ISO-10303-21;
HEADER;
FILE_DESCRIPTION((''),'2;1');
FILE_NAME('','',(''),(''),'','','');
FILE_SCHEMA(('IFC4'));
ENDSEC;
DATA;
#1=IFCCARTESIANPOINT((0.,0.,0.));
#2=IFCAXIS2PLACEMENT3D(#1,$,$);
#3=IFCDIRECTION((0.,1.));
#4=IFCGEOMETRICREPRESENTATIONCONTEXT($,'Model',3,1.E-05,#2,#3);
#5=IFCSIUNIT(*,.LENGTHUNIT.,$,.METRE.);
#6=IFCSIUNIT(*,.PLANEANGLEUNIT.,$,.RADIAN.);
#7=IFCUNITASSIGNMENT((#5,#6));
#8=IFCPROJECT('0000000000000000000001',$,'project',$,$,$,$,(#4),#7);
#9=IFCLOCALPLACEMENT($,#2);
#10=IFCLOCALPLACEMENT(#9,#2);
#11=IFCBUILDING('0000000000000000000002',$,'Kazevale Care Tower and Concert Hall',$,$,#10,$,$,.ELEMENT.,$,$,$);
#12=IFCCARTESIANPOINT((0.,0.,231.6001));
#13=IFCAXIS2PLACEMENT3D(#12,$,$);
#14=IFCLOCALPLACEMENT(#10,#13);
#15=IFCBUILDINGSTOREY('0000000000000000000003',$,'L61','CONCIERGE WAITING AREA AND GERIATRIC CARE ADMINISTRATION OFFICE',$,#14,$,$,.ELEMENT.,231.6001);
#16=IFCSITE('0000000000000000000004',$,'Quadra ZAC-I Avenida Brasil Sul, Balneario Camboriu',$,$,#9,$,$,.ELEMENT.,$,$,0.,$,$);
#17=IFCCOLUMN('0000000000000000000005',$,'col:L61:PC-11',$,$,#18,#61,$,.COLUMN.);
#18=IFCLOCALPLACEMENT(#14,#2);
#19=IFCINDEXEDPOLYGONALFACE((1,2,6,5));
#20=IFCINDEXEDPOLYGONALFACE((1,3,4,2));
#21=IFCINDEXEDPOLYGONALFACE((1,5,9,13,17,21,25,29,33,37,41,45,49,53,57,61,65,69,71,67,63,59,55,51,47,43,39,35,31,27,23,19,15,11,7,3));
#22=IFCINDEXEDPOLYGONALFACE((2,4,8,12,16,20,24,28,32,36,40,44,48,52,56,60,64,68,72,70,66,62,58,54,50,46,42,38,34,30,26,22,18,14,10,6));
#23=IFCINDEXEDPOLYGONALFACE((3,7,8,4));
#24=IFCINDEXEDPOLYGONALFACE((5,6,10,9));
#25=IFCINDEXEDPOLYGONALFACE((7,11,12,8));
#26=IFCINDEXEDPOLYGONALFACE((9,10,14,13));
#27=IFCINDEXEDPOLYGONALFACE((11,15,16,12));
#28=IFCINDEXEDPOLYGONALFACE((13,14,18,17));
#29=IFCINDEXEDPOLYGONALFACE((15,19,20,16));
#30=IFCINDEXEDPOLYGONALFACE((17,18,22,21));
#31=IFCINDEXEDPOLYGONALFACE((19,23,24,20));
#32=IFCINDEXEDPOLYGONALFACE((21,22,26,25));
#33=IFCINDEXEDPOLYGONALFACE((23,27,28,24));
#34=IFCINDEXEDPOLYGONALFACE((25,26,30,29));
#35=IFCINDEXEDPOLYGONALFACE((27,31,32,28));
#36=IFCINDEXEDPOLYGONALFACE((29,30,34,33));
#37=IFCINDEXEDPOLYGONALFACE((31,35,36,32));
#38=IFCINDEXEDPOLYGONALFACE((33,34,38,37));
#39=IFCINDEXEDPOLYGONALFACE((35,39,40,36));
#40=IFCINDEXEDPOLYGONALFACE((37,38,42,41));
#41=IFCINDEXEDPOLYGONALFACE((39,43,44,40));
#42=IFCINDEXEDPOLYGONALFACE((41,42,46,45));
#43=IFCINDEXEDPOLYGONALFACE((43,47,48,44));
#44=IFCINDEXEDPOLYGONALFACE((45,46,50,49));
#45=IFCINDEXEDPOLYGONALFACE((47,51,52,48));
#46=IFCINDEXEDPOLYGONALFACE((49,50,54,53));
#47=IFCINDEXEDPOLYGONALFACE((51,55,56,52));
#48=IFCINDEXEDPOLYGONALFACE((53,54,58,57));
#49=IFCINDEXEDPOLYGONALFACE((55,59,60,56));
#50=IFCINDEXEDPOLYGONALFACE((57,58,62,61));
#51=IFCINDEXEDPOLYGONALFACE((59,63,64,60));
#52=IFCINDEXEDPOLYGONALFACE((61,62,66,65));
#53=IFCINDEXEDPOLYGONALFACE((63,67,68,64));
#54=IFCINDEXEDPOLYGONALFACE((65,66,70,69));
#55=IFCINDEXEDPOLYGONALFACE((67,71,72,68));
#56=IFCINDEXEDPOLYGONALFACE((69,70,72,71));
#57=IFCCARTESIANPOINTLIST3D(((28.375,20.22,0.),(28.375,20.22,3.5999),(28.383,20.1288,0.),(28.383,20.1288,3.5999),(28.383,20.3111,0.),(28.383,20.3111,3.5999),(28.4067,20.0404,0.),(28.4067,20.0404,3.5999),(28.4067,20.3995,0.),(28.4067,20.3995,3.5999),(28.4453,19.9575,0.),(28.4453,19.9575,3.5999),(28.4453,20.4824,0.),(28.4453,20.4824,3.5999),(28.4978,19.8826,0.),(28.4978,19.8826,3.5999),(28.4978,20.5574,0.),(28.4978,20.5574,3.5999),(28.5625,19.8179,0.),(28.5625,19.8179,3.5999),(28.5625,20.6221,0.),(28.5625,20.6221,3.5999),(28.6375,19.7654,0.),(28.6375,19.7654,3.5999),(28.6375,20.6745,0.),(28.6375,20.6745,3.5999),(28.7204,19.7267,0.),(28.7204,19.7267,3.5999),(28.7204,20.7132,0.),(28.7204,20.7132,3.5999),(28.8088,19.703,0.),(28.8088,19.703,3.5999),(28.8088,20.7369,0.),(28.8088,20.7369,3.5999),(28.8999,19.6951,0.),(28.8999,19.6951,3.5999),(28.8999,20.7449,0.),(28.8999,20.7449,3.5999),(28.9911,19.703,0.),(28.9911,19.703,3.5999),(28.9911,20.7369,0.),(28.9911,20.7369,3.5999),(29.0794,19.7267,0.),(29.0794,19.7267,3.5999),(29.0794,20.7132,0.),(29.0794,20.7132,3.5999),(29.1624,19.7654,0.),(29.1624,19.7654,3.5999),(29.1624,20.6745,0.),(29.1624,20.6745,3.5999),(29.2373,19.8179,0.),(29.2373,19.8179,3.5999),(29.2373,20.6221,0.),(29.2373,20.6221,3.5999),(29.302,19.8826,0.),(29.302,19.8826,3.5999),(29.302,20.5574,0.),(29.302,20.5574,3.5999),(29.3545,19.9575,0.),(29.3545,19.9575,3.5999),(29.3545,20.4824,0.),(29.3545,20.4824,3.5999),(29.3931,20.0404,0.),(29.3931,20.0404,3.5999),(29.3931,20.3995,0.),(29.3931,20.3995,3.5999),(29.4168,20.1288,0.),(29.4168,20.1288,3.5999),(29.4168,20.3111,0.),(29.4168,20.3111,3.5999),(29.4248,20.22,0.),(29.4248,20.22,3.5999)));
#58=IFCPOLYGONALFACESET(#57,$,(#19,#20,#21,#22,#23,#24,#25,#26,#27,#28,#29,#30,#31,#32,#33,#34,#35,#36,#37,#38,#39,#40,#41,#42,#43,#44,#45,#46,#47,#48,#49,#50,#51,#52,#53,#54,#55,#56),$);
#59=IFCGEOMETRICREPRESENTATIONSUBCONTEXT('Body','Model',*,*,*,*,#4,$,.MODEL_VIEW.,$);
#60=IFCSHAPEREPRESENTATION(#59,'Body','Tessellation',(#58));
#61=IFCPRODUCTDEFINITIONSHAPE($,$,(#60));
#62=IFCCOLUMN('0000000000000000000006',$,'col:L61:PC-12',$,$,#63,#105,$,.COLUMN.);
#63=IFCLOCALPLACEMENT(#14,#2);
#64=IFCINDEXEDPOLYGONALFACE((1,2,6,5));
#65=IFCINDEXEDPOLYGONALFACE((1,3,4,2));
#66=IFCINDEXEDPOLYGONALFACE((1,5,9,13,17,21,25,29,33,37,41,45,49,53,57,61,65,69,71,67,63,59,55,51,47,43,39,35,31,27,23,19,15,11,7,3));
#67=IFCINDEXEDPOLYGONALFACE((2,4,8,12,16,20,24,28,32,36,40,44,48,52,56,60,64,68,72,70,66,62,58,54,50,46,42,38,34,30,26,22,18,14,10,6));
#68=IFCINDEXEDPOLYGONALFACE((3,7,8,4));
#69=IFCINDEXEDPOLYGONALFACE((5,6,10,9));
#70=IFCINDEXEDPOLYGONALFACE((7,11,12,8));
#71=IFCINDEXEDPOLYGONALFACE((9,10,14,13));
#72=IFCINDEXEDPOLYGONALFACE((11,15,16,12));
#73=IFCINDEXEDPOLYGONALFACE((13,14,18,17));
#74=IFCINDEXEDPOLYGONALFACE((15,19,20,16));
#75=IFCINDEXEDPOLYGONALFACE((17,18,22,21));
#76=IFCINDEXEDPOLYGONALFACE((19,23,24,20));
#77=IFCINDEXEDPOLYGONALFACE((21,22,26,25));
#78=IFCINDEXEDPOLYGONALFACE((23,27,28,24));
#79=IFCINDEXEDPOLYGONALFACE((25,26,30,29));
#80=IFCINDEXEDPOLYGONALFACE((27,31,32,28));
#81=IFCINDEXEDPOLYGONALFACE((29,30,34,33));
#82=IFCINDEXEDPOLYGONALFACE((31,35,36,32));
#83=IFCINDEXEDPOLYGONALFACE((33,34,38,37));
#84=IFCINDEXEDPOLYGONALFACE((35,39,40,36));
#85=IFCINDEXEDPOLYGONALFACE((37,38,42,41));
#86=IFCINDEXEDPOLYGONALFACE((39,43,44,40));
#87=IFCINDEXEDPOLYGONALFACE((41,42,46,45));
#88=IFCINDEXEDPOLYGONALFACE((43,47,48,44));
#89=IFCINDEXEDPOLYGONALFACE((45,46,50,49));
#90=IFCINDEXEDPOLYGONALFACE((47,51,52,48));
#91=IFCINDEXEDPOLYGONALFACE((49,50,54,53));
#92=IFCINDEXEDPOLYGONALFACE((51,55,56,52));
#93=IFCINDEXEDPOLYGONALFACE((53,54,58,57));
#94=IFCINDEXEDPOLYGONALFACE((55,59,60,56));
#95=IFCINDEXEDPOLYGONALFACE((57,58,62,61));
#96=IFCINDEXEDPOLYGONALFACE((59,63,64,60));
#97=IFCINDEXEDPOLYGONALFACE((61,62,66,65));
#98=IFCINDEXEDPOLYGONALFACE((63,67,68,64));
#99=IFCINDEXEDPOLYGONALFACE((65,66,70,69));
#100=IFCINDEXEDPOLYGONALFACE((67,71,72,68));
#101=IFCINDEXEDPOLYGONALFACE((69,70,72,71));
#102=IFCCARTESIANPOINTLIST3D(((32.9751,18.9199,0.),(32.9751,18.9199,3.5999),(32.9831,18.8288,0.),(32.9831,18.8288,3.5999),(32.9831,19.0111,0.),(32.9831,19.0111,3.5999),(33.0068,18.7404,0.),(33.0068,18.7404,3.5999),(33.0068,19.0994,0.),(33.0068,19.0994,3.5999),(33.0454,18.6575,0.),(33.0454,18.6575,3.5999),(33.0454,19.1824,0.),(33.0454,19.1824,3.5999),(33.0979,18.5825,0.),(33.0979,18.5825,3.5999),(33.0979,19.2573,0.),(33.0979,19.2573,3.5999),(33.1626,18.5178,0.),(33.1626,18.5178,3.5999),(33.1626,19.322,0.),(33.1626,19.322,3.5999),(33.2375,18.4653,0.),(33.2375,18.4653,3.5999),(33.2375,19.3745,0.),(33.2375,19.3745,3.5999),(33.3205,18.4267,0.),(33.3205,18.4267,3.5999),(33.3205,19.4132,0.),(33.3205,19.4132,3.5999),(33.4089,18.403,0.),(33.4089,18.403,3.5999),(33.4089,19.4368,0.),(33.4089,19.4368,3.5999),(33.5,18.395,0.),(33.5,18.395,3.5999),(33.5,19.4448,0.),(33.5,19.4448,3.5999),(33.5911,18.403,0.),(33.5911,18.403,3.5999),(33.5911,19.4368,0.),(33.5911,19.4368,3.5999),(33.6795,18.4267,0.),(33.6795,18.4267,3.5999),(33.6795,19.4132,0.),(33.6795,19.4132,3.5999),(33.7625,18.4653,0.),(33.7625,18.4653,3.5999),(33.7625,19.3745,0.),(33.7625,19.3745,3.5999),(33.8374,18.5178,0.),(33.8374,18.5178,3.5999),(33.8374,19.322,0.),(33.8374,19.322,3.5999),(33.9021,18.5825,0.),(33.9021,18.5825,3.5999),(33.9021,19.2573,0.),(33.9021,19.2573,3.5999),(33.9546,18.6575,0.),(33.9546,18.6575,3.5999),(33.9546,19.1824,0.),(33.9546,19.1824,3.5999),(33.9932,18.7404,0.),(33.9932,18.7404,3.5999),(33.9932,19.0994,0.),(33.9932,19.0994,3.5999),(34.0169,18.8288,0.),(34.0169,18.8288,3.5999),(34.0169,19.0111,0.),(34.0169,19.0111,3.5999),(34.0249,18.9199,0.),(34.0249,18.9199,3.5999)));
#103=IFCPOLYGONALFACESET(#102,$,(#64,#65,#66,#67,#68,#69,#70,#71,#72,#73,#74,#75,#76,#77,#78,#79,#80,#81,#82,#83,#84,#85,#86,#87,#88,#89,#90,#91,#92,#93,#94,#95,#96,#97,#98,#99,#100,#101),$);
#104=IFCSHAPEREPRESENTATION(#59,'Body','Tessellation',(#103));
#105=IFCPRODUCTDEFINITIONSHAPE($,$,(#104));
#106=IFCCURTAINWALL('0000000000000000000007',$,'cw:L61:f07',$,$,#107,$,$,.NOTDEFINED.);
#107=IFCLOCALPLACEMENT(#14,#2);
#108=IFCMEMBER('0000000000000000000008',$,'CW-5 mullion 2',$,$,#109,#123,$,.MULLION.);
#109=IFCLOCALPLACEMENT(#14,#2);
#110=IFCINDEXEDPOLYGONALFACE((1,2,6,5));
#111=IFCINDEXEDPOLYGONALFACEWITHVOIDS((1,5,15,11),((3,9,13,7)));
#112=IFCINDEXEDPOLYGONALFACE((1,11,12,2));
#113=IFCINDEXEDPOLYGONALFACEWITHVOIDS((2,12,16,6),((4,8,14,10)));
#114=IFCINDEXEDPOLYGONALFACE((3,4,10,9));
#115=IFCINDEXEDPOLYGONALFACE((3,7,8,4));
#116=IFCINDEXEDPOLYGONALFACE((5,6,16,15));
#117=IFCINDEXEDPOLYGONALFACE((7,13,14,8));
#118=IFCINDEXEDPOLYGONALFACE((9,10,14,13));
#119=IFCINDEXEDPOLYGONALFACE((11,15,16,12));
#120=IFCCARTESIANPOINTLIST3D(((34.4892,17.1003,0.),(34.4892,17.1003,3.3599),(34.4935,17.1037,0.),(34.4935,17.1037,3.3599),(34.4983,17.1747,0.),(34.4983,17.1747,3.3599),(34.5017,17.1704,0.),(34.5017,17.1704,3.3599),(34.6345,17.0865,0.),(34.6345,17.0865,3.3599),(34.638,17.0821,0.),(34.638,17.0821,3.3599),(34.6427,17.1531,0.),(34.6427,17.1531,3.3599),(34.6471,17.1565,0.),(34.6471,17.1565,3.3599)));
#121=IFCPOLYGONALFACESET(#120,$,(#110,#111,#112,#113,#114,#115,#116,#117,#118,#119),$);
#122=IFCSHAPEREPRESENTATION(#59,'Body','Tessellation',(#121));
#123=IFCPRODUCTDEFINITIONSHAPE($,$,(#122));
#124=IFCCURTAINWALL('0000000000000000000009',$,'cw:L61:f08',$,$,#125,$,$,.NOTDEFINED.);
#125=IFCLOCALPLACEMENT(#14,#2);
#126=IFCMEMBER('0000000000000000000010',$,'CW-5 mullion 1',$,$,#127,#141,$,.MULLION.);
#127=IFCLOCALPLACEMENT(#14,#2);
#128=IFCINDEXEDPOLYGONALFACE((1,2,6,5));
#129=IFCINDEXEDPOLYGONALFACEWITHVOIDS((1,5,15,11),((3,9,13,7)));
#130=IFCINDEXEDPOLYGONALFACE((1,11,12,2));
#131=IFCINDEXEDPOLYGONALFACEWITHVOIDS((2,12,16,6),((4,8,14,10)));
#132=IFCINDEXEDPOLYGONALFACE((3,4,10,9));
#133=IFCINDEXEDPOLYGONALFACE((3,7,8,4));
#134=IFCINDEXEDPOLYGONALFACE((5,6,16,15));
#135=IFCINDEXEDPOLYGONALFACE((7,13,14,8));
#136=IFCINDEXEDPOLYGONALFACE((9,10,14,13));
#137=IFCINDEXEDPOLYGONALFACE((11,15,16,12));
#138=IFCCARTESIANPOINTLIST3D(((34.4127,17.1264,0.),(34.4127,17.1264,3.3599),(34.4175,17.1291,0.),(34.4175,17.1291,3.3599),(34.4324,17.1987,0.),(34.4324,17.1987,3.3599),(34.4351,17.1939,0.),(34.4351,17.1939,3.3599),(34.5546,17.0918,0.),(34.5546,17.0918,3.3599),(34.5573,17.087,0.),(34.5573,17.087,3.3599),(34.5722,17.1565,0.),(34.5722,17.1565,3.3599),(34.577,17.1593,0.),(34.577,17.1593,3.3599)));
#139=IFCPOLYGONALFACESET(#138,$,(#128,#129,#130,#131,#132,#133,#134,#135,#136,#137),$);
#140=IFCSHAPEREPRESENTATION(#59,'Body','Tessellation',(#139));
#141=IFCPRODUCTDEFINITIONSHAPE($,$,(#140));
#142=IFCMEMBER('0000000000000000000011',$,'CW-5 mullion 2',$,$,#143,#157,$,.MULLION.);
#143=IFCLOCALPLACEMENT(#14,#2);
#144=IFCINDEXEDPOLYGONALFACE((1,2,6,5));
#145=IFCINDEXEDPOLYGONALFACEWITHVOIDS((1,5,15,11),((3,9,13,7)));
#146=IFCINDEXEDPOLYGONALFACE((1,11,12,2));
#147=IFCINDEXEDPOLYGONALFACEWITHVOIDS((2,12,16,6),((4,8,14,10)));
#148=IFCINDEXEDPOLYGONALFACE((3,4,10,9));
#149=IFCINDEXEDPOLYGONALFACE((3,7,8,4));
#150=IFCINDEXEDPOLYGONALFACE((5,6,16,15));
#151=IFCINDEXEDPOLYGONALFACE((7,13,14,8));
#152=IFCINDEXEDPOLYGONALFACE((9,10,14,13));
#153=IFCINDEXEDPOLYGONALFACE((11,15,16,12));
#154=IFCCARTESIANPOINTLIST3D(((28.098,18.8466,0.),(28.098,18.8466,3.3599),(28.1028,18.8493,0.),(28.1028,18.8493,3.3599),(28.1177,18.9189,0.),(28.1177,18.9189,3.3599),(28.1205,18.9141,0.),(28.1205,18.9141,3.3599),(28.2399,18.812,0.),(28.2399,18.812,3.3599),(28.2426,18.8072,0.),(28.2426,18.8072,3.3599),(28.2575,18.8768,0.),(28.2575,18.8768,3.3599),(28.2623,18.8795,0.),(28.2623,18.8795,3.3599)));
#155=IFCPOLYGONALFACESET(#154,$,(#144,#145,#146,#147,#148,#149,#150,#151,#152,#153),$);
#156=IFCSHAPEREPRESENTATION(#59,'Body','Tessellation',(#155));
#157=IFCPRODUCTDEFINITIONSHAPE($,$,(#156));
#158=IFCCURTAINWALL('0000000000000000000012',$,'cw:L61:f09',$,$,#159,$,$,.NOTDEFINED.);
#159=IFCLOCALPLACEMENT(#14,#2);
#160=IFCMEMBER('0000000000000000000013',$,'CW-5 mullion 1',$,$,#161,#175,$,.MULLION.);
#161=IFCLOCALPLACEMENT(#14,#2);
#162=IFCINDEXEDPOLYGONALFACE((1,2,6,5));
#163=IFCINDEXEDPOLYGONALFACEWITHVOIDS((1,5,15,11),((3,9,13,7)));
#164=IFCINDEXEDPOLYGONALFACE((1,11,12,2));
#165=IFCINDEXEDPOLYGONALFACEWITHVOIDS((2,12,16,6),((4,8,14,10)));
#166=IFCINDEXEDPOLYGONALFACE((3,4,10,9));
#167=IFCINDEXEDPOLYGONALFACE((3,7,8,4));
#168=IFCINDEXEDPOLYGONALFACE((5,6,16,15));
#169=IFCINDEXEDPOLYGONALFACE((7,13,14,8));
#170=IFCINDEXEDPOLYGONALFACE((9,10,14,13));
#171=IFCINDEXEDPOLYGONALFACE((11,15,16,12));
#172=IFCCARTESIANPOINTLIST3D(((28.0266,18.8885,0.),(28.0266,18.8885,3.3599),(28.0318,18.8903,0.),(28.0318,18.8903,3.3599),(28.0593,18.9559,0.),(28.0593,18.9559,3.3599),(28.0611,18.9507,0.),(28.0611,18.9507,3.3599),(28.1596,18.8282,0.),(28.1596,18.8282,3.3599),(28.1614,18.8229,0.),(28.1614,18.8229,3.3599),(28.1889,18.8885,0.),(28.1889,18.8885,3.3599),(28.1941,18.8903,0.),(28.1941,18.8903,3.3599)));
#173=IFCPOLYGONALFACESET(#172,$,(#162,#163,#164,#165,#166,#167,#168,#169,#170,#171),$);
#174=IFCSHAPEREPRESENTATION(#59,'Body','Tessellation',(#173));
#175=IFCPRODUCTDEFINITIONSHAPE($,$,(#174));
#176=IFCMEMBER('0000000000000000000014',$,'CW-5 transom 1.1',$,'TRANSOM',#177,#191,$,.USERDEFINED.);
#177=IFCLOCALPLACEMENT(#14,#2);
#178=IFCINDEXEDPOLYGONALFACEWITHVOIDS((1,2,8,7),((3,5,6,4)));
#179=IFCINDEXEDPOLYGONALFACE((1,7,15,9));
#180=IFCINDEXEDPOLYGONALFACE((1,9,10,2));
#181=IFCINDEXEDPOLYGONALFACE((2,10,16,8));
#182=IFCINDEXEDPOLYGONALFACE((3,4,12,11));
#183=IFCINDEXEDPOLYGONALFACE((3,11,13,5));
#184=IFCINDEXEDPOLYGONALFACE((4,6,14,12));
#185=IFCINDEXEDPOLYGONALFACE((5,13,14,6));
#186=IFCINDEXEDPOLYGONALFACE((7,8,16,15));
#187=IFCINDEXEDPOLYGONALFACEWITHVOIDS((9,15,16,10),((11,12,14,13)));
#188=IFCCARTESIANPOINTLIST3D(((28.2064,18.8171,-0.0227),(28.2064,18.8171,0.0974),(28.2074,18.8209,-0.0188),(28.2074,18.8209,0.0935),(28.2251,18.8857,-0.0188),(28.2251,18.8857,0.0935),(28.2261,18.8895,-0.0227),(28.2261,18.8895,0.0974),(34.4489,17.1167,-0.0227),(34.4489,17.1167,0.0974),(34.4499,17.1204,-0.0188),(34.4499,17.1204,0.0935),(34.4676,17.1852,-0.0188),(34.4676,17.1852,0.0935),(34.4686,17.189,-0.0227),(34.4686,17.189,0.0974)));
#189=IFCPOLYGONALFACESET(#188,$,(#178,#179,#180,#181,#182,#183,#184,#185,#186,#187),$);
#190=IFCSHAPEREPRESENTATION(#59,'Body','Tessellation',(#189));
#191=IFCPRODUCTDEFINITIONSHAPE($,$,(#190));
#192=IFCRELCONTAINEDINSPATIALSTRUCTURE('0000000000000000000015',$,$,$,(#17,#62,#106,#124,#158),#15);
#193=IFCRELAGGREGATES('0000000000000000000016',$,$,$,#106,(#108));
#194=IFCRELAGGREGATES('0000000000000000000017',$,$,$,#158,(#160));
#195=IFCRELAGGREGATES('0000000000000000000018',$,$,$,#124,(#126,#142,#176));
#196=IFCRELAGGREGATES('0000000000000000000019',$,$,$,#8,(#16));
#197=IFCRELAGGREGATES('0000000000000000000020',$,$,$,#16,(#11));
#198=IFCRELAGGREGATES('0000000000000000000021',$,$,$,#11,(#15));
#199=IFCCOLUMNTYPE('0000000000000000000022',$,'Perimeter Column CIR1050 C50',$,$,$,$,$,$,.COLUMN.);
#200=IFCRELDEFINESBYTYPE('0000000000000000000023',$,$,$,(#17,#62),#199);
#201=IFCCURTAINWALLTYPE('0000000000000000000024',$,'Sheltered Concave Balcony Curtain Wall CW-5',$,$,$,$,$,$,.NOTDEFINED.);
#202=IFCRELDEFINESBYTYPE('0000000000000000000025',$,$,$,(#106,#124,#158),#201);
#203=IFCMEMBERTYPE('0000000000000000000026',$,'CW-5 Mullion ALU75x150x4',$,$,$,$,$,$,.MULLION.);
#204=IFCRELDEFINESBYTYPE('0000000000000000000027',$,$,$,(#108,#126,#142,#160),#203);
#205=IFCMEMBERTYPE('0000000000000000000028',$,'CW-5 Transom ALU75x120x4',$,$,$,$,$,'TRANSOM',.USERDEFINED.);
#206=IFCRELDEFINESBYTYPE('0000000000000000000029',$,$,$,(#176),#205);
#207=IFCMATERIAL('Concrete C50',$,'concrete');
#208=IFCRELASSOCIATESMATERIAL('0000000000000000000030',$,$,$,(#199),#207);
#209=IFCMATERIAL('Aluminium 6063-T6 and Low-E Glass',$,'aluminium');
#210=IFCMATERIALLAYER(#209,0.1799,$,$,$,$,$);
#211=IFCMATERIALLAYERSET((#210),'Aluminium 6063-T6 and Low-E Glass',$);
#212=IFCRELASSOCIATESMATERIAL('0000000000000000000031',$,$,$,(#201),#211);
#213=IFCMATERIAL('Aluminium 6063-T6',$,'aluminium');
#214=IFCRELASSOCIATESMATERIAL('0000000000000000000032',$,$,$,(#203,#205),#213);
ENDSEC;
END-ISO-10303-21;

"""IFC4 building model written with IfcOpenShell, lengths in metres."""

from ifc_helpers import new_model, si_unit, direction, frame, origin, origin_2d, place, context, subcontext, project, spatial, hollow_rectangle, circle, extrude, material, layer, layer_set, material_profile, profile_set, type_object, element, aggregate, save


model = new_model("IFC4")

# Units and contexts
model_context = context("Model", 3, precision=1e-05, world=origin(), true_north=direction((0.0, 1.0)))
body_context = subcontext(model_context, "Body", "Model", "MODEL_VIEW")
ifc_project = project(units=[si_unit("LENGTHUNIT", "METRE"), si_unit("PLANEANGLEUNIT", "RADIAN")], contexts=[model_context])

# Site, building, storey
site_placement = place(None, origin())
site = spatial("IfcSite", under=ifc_project, at=site_placement, Name="Quadra ZAC-I Avenida Brasil Sul, Balneario Camboriu", CompositionType="ELEMENT", RefElevation=0.0)
building_placement = place(site_placement, origin())
building = spatial("IfcBuilding", under=site, at=building_placement, Name="Kazevale Care Tower and Concert Hall", CompositionType="ELEMENT")
storey_placement = place(building_placement, frame((0.0, 0.0, 231.6001)))
storey = spatial("IfcBuildingStorey", under=building, at=storey_placement, Name="L61", Description="CONCIERGE WAITING AREA AND GERIATRIC CARE ADMINISTRATION OFFICE", CompositionType="ELEMENT", Elevation=231.6001)

# Columns
ifc_material_1 = material(Name="Concrete C50", Category="concrete")
ifc_material_profile_1 = material_profile(ifc_material_1, circle(Radius=0.5249, at=origin_2d()), Name="RC-CIR1050")
ifc_profile_set_1 = profile_set([ifc_material_profile_1], Name="Concrete C50")
column_type = type_object("IfcColumnType", Name="Perimeter Column CIR1050 C50", PredefinedType="COLUMN", material=ifc_profile_set_1)
for number, where, z_axis, x_axis, name in (
    (1, (28.8999, 20.22, 0.0), (0.0, 0.0, 1.0), (1.0, 0.0, 0.0), "col:L61:PC-11"),
    (2, (33.5, 18.9199, 0.0), (0.0, 0.0, 1.0), (1.0, 0.0, 0.0), "col:L61:PC-12"),
):
    element("IfcColumn", number, at=place(storey_placement, frame(where, z_axis=z_axis, x_axis=x_axis)), inside=storey, type_object=column_type, Name=name, PredefinedType="COLUMN", context=body_context, shape_type="SweptSolid", body=[
        extrude(circle(Radius=0.5249, at=origin_2d()), origin(), (0.0, 0.0, 1.0), 3.5999),
    ])

# Curtain wall, member
ifc_material_2 = material(Name="Aluminium 6063-T6 and Low-E Glass", Category="aluminium")
ifc_layer_1 = layer(ifc_material_2, 0.1799)
ifc_layer_set_1 = layer_set([ifc_layer_1], Name="Aluminium 6063-T6 and Low-E Glass")
curtain_wall_type = type_object("IfcCurtainWallType", Name="Sheltered Concave Balcony Curtain Wall CW-5", PredefinedType="NOTDEFINED", material=ifc_layer_set_1)
curtain_wall_1_placement = place(storey_placement, origin())
curtain_wall_1 = element("IfcCurtainWall", 3, at=curtain_wall_1_placement, inside=storey, type_object=curtain_wall_type, Name="cw:L61:f07", PredefinedType="NOTDEFINED")
ifc_material_3 = material(Name="Aluminium 6063-T6", Category="aluminium")
ifc_material_profile_2 = material_profile(ifc_material_3, hollow_rectangle(XDim=0.075, YDim=0.1499, WallThickness=0.0039, at=origin_2d()), Name="ALU75x150x4")
ifc_profile_set_2 = profile_set([ifc_material_profile_2], Name="Aluminium 6063-T6")
member_type_1 = type_object("IfcMemberType", Name="CW-5 Mullion ALU75x150x4", PredefinedType="MULLION", material=ifc_profile_set_2)
member_1_placement = place(storey_placement, frame((34.5681, 17.1284, 0.0), z_axis=(0.0, 0.0, 1.0), x_axis=(-0.121651, -0.992573, 0.0)))
member_1 = element("IfcMember", 4, at=member_1_placement, type_object=member_type_1, Name="CW-5 mullion 2", PredefinedType="MULLION", context=body_context, shape_type="SweptSolid", body=[
    extrude(hollow_rectangle(XDim=0.075, YDim=0.1499, WallThickness=0.0039, at=origin_2d()), origin(), (0.0, 0.0, 1.0), 3.3599),
])
aggregate(curtain_wall_1, [member_1])

# Curtain wall, members
curtain_wall_2_placement = place(storey_placement, origin())
curtain_wall_2 = element("IfcCurtainWall", 5, at=curtain_wall_2_placement, inside=storey, type_object=curtain_wall_type, Name="cw:L61:f08", PredefinedType="NOTDEFINED")
member_2_placement = place(storey_placement, frame((34.4949, 17.1428, 0.0), z_axis=(0.0, 0.0, 1.0), x_axis=(-0.262849, -0.964837, 0.0)))
member_2 = element("IfcMember", 6, at=member_2_placement, type_object=member_type_1, Name="CW-5 mullion 1", PredefinedType="MULLION", context=body_context, shape_type="SweptSolid", body=[
    extrude(hollow_rectangle(XDim=0.075, YDim=0.1499, WallThickness=0.0039, at=origin_2d()), origin(), (0.0, 0.0, 1.0), 3.3599),
])
member_3_placement = place(storey_placement, frame((28.1802, 18.863, 0.0), z_axis=(0.0, 0.0, 1.0), x_axis=(-0.262849, -0.964837, 0.0)))
member_3 = element("IfcMember", 7, at=member_3_placement, type_object=member_type_1, Name="CW-5 mullion 2", PredefinedType="MULLION", context=body_context, shape_type="SweptSolid", body=[
    extrude(hollow_rectangle(XDim=0.075, YDim=0.1499, WallThickness=0.0039, at=origin_2d()), origin(), (0.0, 0.0, 1.0), 3.3599),
])

# Curtain wall, member
curtain_wall_3_placement = place(storey_placement, origin())
curtain_wall_3 = element("IfcCurtainWall", 8, at=curtain_wall_3_placement, inside=storey, type_object=curtain_wall_type, Name="cw:L61:f09", PredefinedType="NOTDEFINED")
member_4_placement = place(storey_placement, frame((28.1104, 18.8894, 0.0), z_axis=(0.0, 0.0, 1.0), x_axis=(-0.437238, -0.899346, 0.0)))
member_4 = element("IfcMember", 9, at=member_4_placement, type_object=member_type_1, Name="CW-5 mullion 1", PredefinedType="MULLION", context=body_context, shape_type="SweptSolid", body=[
    extrude(hollow_rectangle(XDim=0.075, YDim=0.1499, WallThickness=0.0039, at=origin_2d()), origin(), (0.0, 0.0, 1.0), 3.3599),
])

# Member
ifc_material_profile_3 = material_profile(ifc_material_3, hollow_rectangle(XDim=0.075, YDim=0.1201, WallThickness=0.0039, at=origin_2d()), Name="ALU75x120x4")
ifc_profile_set_3 = profile_set([ifc_material_profile_3], Name="Aluminium 6063-T6")
member_type_2 = type_object("IfcMemberType", Name="CW-5 Transom ALU75x120x4", ElementType="TRANSOM", PredefinedType="USERDEFINED", material=ifc_profile_set_3)
member_5_placement = place(storey_placement, frame((34.4587, 17.1528, 0.0374), z_axis=(-0.964844, 0.262824, 0.0), x_axis=(-0.262824, -0.964844, 0.0)))
member_5 = element("IfcMember", 10, at=member_5_placement, type_object=member_type_2, Name="CW-5 transom 1.1", ObjectType="TRANSOM", PredefinedType="USERDEFINED", context=body_context, shape_type="SweptSolid", body=[
    extrude(hollow_rectangle(XDim=0.075, YDim=0.1201, WallThickness=0.0039, at=origin_2d()), origin(), (0.0, 0.0, 1.0), 6.47),
])
aggregate(curtain_wall_3, [member_4])

aggregate(curtain_wall_2, [member_2, member_3, member_5])

save(model, "model.ifc")
